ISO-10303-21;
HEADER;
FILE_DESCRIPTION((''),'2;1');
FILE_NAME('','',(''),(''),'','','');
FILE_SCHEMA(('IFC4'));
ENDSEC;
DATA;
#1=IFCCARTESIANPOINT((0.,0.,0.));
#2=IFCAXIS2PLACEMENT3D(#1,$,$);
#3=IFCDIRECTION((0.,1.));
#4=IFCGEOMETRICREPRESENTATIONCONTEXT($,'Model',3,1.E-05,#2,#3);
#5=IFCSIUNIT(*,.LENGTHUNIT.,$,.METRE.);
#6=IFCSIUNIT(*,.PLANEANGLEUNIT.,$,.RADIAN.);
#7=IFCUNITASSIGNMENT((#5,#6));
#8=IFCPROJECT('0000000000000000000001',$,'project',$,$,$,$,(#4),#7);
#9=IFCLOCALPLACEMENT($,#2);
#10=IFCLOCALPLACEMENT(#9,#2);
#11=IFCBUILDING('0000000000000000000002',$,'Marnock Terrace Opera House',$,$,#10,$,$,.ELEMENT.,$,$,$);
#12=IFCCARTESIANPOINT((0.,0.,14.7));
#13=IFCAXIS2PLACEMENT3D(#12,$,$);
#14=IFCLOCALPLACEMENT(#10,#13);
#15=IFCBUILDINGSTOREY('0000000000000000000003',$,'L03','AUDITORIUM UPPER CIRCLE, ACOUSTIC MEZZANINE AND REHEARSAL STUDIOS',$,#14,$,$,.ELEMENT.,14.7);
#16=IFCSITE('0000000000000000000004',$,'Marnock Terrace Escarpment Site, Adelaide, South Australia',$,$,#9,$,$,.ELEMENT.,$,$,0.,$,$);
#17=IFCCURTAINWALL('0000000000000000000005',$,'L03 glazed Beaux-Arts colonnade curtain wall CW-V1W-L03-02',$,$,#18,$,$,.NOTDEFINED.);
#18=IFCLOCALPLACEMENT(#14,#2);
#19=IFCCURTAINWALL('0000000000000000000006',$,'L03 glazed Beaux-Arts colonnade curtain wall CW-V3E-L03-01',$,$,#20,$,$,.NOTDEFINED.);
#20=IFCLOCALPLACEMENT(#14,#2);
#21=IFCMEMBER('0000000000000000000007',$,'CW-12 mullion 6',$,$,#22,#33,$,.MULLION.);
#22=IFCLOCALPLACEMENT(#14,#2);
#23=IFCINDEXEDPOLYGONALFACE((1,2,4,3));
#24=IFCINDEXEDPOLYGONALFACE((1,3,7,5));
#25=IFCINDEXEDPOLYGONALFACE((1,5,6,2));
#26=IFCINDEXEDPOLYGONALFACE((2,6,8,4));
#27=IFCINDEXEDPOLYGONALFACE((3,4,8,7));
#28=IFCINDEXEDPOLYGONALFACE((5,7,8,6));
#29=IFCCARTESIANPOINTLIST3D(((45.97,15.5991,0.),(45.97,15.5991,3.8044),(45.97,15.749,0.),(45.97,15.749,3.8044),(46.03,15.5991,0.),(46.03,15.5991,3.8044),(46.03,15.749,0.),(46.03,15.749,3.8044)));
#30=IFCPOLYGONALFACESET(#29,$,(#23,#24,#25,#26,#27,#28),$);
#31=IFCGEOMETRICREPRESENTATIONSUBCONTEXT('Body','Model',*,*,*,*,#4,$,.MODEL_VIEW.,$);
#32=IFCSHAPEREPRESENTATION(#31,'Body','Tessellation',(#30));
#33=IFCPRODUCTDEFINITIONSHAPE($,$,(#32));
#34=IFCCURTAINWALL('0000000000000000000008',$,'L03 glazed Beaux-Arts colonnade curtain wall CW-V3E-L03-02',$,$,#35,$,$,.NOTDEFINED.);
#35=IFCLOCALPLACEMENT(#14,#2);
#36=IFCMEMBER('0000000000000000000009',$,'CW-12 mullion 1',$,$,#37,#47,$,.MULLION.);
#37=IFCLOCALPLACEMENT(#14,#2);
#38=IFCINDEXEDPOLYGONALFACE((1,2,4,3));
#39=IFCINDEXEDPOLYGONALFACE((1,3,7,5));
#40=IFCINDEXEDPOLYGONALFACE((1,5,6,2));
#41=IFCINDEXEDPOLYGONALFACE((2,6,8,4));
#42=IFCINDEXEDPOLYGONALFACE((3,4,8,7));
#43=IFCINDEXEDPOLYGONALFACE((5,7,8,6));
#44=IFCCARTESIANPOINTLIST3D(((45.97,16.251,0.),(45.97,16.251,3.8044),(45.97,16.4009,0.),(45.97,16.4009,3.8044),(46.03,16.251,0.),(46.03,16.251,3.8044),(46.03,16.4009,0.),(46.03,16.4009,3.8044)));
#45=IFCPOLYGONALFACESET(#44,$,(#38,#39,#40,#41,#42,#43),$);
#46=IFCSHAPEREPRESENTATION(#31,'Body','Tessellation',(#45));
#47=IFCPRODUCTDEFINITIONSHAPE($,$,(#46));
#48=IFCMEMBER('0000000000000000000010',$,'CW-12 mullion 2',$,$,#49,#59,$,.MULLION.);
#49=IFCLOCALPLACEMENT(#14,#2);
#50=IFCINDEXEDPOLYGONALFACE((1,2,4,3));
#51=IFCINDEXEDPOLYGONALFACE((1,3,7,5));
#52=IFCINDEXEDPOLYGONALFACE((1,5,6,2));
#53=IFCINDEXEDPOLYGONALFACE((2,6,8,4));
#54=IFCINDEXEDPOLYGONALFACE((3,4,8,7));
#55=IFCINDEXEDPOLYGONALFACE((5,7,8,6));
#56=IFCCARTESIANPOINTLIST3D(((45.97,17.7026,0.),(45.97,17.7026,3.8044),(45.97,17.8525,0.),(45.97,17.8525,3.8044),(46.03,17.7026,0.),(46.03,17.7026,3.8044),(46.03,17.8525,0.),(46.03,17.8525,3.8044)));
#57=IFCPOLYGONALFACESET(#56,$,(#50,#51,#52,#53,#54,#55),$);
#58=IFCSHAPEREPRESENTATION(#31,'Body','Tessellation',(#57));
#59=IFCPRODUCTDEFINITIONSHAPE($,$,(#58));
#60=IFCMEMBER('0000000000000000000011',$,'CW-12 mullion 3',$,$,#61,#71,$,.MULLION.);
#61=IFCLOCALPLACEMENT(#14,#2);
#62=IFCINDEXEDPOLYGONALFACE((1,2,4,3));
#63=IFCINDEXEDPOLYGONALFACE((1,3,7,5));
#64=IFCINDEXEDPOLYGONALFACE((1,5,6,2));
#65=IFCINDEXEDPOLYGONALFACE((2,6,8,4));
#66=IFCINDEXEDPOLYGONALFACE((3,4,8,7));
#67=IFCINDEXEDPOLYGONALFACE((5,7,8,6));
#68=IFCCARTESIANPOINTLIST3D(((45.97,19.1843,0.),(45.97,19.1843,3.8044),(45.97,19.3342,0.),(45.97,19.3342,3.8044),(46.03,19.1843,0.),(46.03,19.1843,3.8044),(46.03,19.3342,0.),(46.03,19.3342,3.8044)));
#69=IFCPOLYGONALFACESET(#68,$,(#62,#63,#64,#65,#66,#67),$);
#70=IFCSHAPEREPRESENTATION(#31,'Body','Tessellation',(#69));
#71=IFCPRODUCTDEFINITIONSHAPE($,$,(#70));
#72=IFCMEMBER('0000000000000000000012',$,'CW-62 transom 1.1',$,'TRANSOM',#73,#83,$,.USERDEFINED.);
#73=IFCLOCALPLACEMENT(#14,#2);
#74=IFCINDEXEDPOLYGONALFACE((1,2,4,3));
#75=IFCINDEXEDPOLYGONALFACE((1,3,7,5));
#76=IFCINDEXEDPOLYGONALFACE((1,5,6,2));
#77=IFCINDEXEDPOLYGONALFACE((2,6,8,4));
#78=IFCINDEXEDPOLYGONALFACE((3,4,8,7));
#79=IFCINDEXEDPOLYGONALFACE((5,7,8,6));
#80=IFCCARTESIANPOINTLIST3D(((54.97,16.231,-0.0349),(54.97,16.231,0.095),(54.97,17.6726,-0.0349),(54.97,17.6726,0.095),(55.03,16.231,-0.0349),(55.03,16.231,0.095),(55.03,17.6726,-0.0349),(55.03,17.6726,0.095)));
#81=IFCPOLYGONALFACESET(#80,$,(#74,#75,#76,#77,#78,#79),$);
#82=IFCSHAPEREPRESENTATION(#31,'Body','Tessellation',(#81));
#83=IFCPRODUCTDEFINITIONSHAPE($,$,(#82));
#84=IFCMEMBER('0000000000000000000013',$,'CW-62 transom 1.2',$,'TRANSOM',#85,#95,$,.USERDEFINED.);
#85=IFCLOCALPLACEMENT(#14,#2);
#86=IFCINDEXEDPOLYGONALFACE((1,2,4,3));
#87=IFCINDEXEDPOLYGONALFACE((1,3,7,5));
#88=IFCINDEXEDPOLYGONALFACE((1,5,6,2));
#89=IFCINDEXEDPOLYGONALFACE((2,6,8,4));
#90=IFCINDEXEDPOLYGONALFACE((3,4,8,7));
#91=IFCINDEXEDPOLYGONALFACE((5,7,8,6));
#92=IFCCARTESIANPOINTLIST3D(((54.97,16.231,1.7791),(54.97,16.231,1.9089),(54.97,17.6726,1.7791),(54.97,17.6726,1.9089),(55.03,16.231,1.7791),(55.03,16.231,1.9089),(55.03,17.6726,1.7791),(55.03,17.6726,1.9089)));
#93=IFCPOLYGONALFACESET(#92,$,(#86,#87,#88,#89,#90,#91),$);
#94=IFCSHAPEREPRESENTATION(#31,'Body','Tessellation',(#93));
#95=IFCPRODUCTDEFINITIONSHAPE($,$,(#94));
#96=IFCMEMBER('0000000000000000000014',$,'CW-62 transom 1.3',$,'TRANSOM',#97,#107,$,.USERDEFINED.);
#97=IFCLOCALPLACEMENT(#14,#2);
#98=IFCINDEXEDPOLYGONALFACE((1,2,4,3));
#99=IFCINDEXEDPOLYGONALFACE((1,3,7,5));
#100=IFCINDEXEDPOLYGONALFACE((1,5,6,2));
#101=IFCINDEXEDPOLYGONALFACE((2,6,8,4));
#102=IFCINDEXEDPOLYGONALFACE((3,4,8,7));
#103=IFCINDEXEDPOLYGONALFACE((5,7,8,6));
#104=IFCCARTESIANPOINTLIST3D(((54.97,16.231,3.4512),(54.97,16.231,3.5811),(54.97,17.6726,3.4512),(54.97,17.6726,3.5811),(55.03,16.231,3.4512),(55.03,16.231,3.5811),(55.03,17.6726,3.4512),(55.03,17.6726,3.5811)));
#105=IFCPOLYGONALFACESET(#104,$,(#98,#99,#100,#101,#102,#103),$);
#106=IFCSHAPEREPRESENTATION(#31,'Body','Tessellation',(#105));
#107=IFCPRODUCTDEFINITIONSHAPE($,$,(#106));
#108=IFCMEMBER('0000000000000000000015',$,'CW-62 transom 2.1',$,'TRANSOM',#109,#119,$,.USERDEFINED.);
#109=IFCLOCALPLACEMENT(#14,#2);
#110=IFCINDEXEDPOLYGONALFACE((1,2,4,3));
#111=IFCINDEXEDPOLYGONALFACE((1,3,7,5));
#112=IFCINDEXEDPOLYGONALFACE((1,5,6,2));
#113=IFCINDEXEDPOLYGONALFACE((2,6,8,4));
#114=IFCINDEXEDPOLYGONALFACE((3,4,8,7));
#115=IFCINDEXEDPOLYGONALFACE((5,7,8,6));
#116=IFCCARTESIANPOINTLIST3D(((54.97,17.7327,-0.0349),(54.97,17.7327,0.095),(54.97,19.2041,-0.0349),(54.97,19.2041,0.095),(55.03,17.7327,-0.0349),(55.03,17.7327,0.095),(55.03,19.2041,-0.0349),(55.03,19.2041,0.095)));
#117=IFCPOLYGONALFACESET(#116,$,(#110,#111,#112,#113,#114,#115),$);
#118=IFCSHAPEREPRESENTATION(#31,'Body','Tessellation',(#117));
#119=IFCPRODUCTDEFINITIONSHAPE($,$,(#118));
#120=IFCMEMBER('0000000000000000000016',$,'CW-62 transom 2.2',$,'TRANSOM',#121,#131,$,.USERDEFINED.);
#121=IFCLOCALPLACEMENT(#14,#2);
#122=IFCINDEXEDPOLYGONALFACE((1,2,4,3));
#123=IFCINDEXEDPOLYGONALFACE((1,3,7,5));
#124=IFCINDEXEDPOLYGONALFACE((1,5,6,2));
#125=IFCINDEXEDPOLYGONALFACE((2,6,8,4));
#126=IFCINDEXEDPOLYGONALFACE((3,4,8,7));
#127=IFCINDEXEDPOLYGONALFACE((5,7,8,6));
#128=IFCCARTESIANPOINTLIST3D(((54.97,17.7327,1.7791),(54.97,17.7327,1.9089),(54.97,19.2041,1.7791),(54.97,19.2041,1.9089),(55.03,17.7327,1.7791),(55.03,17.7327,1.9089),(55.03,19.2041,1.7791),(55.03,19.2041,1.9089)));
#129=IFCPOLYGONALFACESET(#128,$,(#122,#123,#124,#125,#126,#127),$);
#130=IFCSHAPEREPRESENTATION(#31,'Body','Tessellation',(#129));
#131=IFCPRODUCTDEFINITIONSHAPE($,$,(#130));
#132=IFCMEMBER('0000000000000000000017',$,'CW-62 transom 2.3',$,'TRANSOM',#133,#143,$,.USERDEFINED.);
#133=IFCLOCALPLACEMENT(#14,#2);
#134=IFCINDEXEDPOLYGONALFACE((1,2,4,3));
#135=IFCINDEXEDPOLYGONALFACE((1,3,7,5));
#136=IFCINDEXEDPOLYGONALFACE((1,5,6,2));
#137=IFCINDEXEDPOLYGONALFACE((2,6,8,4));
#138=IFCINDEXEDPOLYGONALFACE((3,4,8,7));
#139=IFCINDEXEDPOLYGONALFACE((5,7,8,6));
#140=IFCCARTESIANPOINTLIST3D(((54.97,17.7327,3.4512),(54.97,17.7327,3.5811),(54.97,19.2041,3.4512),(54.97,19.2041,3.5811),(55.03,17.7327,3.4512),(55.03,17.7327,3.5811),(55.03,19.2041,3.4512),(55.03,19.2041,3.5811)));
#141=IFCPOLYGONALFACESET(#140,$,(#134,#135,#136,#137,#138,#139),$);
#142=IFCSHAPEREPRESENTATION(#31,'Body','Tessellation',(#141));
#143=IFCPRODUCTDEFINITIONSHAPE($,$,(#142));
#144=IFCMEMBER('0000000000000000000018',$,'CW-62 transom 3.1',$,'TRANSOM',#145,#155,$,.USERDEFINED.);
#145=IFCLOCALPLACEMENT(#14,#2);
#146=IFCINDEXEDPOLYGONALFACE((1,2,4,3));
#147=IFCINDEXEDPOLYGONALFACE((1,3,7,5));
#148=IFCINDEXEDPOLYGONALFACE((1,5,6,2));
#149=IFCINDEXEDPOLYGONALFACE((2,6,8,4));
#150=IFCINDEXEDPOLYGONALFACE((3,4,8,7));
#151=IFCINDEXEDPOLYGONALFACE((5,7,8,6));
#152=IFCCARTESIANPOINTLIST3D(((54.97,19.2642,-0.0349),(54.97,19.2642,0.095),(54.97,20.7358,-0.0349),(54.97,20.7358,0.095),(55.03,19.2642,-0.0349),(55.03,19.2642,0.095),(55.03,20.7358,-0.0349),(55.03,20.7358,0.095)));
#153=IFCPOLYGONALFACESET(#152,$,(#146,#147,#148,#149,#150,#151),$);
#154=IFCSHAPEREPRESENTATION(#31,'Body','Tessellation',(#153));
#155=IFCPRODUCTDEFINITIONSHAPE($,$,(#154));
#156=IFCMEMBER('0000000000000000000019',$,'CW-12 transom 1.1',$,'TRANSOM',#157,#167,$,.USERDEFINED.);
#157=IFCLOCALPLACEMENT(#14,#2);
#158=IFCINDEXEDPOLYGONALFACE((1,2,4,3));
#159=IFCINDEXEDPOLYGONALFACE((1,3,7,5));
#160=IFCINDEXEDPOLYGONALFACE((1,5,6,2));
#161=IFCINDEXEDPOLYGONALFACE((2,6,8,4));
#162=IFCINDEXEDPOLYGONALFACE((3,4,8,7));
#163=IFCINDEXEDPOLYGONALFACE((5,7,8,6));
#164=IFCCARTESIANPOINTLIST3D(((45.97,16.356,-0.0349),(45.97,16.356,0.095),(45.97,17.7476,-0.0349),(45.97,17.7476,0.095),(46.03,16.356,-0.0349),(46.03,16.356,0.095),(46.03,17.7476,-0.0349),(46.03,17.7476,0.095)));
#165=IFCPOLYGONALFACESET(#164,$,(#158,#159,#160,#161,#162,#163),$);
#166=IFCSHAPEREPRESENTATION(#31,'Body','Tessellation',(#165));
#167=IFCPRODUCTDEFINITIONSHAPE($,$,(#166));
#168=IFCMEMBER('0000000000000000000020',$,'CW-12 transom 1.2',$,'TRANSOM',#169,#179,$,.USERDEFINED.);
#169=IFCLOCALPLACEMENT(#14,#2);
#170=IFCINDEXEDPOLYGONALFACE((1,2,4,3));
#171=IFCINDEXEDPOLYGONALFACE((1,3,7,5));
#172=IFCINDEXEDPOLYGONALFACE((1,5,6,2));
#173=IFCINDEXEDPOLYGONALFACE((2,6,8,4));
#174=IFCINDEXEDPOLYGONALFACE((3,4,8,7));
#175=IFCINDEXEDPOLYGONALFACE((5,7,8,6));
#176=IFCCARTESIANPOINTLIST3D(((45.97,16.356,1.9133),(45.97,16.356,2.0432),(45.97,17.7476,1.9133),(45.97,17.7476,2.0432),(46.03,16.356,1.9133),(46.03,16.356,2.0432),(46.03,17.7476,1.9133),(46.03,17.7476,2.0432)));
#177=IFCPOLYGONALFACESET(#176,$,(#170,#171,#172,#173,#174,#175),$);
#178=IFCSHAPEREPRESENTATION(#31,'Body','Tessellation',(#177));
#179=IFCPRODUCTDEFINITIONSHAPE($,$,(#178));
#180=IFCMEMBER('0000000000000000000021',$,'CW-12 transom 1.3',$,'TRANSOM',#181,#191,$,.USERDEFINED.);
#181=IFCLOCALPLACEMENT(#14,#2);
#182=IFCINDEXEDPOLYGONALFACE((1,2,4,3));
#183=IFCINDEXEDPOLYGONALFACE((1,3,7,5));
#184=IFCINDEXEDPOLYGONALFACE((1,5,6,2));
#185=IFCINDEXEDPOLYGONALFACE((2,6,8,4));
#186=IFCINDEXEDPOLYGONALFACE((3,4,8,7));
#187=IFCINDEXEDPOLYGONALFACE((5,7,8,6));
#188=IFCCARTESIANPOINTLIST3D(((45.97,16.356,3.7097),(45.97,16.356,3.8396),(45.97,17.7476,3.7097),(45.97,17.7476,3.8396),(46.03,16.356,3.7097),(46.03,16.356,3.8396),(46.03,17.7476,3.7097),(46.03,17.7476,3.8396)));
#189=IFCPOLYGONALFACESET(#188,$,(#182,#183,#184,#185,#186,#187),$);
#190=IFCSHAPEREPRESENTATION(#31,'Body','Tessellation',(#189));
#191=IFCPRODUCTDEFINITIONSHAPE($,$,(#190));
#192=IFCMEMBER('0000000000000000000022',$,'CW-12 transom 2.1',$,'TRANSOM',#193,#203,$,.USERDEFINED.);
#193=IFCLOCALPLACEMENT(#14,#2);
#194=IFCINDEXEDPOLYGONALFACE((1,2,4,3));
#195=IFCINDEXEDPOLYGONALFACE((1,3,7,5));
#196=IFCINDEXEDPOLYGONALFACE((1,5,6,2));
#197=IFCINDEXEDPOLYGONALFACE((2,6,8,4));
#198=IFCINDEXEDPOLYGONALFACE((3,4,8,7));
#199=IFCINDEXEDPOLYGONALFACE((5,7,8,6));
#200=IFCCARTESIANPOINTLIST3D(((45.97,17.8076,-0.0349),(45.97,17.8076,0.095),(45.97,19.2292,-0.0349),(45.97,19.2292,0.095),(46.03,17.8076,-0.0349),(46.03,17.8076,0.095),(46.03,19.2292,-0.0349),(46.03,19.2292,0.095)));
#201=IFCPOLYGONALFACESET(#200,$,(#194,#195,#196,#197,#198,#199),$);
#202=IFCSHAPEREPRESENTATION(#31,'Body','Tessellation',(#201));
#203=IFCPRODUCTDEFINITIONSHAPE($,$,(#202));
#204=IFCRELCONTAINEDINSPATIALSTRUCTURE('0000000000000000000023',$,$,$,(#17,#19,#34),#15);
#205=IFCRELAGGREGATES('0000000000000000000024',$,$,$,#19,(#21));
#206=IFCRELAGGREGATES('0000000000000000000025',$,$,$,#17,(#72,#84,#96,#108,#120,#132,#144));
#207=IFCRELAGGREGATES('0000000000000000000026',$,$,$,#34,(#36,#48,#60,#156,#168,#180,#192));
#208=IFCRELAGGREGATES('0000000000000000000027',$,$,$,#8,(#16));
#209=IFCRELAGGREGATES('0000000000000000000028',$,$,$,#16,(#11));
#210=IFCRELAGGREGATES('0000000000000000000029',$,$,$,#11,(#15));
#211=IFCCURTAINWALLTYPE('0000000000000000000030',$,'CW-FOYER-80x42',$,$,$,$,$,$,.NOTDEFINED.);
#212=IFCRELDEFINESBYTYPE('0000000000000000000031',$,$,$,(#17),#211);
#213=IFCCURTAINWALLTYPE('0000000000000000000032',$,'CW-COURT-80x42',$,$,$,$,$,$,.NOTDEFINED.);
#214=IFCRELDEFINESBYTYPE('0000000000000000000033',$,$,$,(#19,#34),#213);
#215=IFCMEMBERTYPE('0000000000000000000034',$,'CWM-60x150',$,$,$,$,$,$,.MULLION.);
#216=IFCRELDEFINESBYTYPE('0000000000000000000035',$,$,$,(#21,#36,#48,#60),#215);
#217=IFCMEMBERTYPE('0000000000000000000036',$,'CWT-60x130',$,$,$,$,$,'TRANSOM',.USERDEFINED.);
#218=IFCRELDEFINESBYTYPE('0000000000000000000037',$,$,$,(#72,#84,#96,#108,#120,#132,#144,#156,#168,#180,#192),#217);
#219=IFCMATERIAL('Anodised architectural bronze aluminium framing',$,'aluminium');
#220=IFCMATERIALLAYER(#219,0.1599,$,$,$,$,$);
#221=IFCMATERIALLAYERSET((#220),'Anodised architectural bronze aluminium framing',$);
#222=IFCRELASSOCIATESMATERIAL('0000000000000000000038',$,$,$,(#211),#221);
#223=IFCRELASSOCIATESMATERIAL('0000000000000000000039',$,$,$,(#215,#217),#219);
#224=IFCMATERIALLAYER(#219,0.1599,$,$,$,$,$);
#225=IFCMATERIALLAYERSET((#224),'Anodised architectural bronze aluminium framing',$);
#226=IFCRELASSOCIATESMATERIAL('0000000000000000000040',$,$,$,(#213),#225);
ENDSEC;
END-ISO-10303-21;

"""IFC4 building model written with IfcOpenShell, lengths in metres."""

from ifc_helpers import new_model, si_unit, direction, frame, origin, origin_2d, place, context, subcontext, project, spatial, rectangle, extrude, material, layer, layer_set, material_profile, profile_set, type_object, element, aggregate, save


model = new_model("IFC4")

# Units and contexts
model_context = context("Model", 3, precision=1e-05, world=origin(), true_north=direction((0.0, 1.0)))
body_context = subcontext(model_context, "Body", "Model", "MODEL_VIEW")
ifc_project = project(units=[si_unit("LENGTHUNIT", "METRE"), si_unit("PLANEANGLEUNIT", "RADIAN")], contexts=[model_context])

# Site, building, storey
site_placement = place(None, origin())
site = spatial("IfcSite", under=ifc_project, at=site_placement, Name="Marnock Terrace Escarpment Site, Adelaide, South Australia", CompositionType="ELEMENT", RefElevation=0.0)
building_placement = place(site_placement, origin())
building = spatial("IfcBuilding", under=site, at=building_placement, Name="Marnock Terrace Opera House", CompositionType="ELEMENT")
storey_placement = place(building_placement, frame((0.0, 0.0, 14.7)))
storey = spatial("IfcBuildingStorey", under=building, at=storey_placement, Name="L03", Description="AUDITORIUM UPPER CIRCLE, ACOUSTIC MEZZANINE AND REHEARSAL STUDIOS", CompositionType="ELEMENT", Elevation=14.7)

# Shared definitions
ifc_material_1 = material(Name="Anodised architectural bronze aluminium framing", Category="aluminium")
ifc_layer_1 = layer(ifc_material_1, 0.1599)
ifc_layer_set_1 = layer_set([ifc_layer_1], Name="Anodised architectural bronze aluminium framing")
curtain_wall_type_1 = type_object("IfcCurtainWallType", Name="CW-FOYER-80x42", PredefinedType="NOTDEFINED", material=ifc_layer_set_1)
ifc_material_profile_1 = material_profile(ifc_material_1, rectangle(XDim=0.0601, YDim=0.1499, at=origin_2d()))
ifc_profile_set_1 = profile_set([ifc_material_profile_1], Name="Anodised architectural bronze aluminium framing")
member_type_1 = type_object("IfcMemberType", Name="CWM-60x150", PredefinedType="MULLION", material=ifc_profile_set_1)

# Curtain wall
curtain_wall_1_placement = place(storey_placement, origin())
curtain_wall_1 = element("IfcCurtainWall", 1, at=curtain_wall_1_placement, inside=storey, type_object=curtain_wall_type_1, Name="L03 glazed Beaux-Arts colonnade curtain wall CW-V1W-L03-02", PredefinedType="NOTDEFINED")

# Curtain wall, member
ifc_layer_2 = layer(ifc_material_1, 0.1599)
ifc_layer_set_2 = layer_set([ifc_layer_2], Name="Anodised architectural bronze aluminium framing")
curtain_wall_type_2 = type_object("IfcCurtainWallType", Name="CW-COURT-80x42", PredefinedType="NOTDEFINED", material=ifc_layer_set_2)
curtain_wall_2_placement = place(storey_placement, origin())
curtain_wall_2 = element("IfcCurtainWall", 2, at=curtain_wall_2_placement, inside=storey, type_object=curtain_wall_type_2, Name="L03 glazed Beaux-Arts colonnade curtain wall CW-V3E-L03-01", PredefinedType="NOTDEFINED")
member_1_placement = place(storey_placement, frame((46.0, 15.6741, 0.0), z_axis=(0.0, 0.0, 1.0), x_axis=(-1.0, 0.0, 0.0)))
member_1 = element("IfcMember", 3, at=member_1_placement, type_object=member_type_1, Name="CW-12 mullion 6", PredefinedType="MULLION", context=body_context, shape_type="SweptSolid", body=[
    extrude(rectangle(XDim=0.0601, YDim=0.1499, at=origin_2d()), origin(), (0.0, 0.0, 1.0), 3.8044),
])
aggregate(curtain_wall_2, [member_1])

# Curtain wall, members
curtain_wall_3_placement = place(storey_placement, origin())
curtain_wall_3 = element("IfcCurtainWall", 4, at=curtain_wall_3_placement, inside=storey, type_object=curtain_wall_type_2, Name="L03 glazed Beaux-Arts colonnade curtain wall CW-V3E-L03-02", PredefinedType="NOTDEFINED")
member_2_placement = place(storey_placement, frame((46.0, 16.3259, 0.0), z_axis=(0.0, 0.0, 1.0), x_axis=(-1.0, 0.0, 0.0)))
member_2 = element("IfcMember", 5, at=member_2_placement, type_object=member_type_1, Name="CW-12 mullion 1", PredefinedType="MULLION", context=body_context, shape_type="SweptSolid", body=[
    extrude(rectangle(XDim=0.0601, YDim=0.1499, at=origin_2d()), origin(), (0.0, 0.0, 1.0), 3.8044),
])
member_3_placement = place(storey_placement, frame((46.0, 17.7776, 0.0), z_axis=(0.0, 0.0, 1.0), x_axis=(-1.0, 0.0, 0.0)))
member_3 = element("IfcMember", 6, at=member_3_placement, type_object=member_type_1, Name="CW-12 mullion 2", PredefinedType="MULLION", context=body_context, shape_type="SweptSolid", body=[
    extrude(rectangle(XDim=0.0601, YDim=0.1499, at=origin_2d()), origin(), (0.0, 0.0, 1.0), 3.8044),
])
member_4_placement = place(storey_placement, frame((46.0, 19.2593, 0.0), z_axis=(0.0, 0.0, 1.0), x_axis=(-1.0, 0.0, 0.0)))
member_4 = element("IfcMember", 7, at=member_4_placement, type_object=member_type_1, Name="CW-12 mullion 3", PredefinedType="MULLION", context=body_context, shape_type="SweptSolid", body=[
    extrude(rectangle(XDim=0.0601, YDim=0.1499, at=origin_2d()), origin(), (0.0, 0.0, 1.0), 3.8044),
])

# Members
ifc_material_profile_2 = material_profile(ifc_material_1, rectangle(XDim=0.0601, YDim=0.1299, at=origin_2d()))
ifc_profile_set_2 = profile_set([ifc_material_profile_2], Name="Anodised architectural bronze aluminium framing")
member_type_2 = type_object("IfcMemberType", Name="CWT-60x130", ElementType="TRANSOM", PredefinedType="USERDEFINED", material=ifc_profile_set_2)
member_5_placement = place(storey_placement, frame((55.0, 16.231, 0.03), z_axis=(0.0, 1.0, 0.0), x_axis=(-1.0, 0.0, 0.0)))
member_5 = element("IfcMember", 8, at=member_5_placement, type_object=member_type_2, Name="CW-62 transom 1.1", ObjectType="TRANSOM", PredefinedType="USERDEFINED", context=body_context, shape_type="SweptSolid", body=[
    extrude(rectangle(XDim=0.0601, YDim=0.1299, at=origin_2d()), origin(), (0.0, 0.0, 1.0), 1.4417),
])
member_6_placement = place(storey_placement, frame((55.0, 16.231, 1.844), z_axis=(0.0, 1.0, 0.0), x_axis=(-1.0, 0.0, 0.0)))
member_6 = element("IfcMember", 9, at=member_6_placement, type_object=member_type_2, Name="CW-62 transom 1.2", ObjectType="TRANSOM", PredefinedType="USERDEFINED", context=body_context, shape_type="SweptSolid", body=[
    extrude(rectangle(XDim=0.0601, YDim=0.1299, at=origin_2d()), origin(), (0.0, 0.0, 1.0), 1.4417),
])
member_7_placement = place(storey_placement, frame((55.0, 16.231, 3.5161), z_axis=(0.0, 1.0, 0.0), x_axis=(-1.0, 0.0, 0.0)))
member_7 = element("IfcMember", 10, at=member_7_placement, type_object=member_type_2, Name="CW-62 transom 1.3", ObjectType="TRANSOM", PredefinedType="USERDEFINED", context=body_context, shape_type="SweptSolid", body=[
    extrude(rectangle(XDim=0.0601, YDim=0.1299, at=origin_2d()), origin(), (0.0, 0.0, 1.0), 1.4417),
])
member_8_placement = place(storey_placement, frame((55.0, 17.7327, 0.03), z_axis=(0.0, 1.0, 0.0), x_axis=(-1.0, 0.0, 0.0)))
member_8 = element("IfcMember", 11, at=member_8_placement, type_object=member_type_2, Name="CW-62 transom 2.1", ObjectType="TRANSOM", PredefinedType="USERDEFINED", context=body_context, shape_type="SweptSolid", body=[
    extrude(rectangle(XDim=0.0601, YDim=0.1299, at=origin_2d()), origin(), (0.0, 0.0, 1.0), 1.4714),
])
member_9_placement = place(storey_placement, frame((55.0, 17.7327, 1.844), z_axis=(0.0, 1.0, 0.0), x_axis=(-1.0, 0.0, 0.0)))
member_9 = element("IfcMember", 12, at=member_9_placement, type_object=member_type_2, Name="CW-62 transom 2.2", ObjectType="TRANSOM", PredefinedType="USERDEFINED", context=body_context, shape_type="SweptSolid", body=[
    extrude(rectangle(XDim=0.0601, YDim=0.1299, at=origin_2d()), origin(), (0.0, 0.0, 1.0), 1.4714),
])
member_10_placement = place(storey_placement, frame((55.0, 17.7327, 3.5161), z_axis=(0.0, 1.0, 0.0), x_axis=(-1.0, 0.0, 0.0)))
member_10 = element("IfcMember", 13, at=member_10_placement, type_object=member_type_2, Name="CW-62 transom 2.3", ObjectType="TRANSOM", PredefinedType="USERDEFINED", context=body_context, shape_type="SweptSolid", body=[
    extrude(rectangle(XDim=0.0601, YDim=0.1299, at=origin_2d()), origin(), (0.0, 0.0, 1.0), 1.4714),
])
member_11_placement = place(storey_placement, frame((55.0, 19.2642, 0.03), z_axis=(0.0, 1.0, 0.0), x_axis=(-1.0, 0.0, 0.0)))
member_11 = element("IfcMember", 14, at=member_11_placement, type_object=member_type_2, Name="CW-62 transom 3.1", ObjectType="TRANSOM", PredefinedType="USERDEFINED", context=body_context, shape_type="SweptSolid", body=[
    extrude(rectangle(XDim=0.0601, YDim=0.1299, at=origin_2d()), origin(), (0.0, 0.0, 1.0), 1.4717),
])
member_12_placement = place(storey_placement, frame((46.0, 16.356, 0.03), z_axis=(0.0, 1.0, 0.0), x_axis=(-1.0, 0.0, 0.0)))
member_12 = element("IfcMember", 15, at=member_12_placement, type_object=member_type_2, Name="CW-12 transom 1.1", ObjectType="TRANSOM", PredefinedType="USERDEFINED", context=body_context, shape_type="SweptSolid", body=[
    extrude(rectangle(XDim=0.0601, YDim=0.1299, at=origin_2d()), origin(), (0.0, 0.0, 1.0), 1.3916),
])
member_13_placement = place(storey_placement, frame((46.0, 16.356, 1.9783), z_axis=(0.0, 1.0, 0.0), x_axis=(-1.0, 0.0, 0.0)))
member_13 = element("IfcMember", 16, at=member_13_placement, type_object=member_type_2, Name="CW-12 transom 1.2", ObjectType="TRANSOM", PredefinedType="USERDEFINED", context=body_context, shape_type="SweptSolid", body=[
    extrude(rectangle(XDim=0.0601, YDim=0.1299, at=origin_2d()), origin(), (0.0, 0.0, 1.0), 1.3916),
])
member_14_placement = place(storey_placement, frame((46.0, 16.356, 3.7747), z_axis=(0.0, 1.0, 0.0), x_axis=(-1.0, 0.0, 0.0)))
member_14 = element("IfcMember", 17, at=member_14_placement, type_object=member_type_2, Name="CW-12 transom 1.3", ObjectType="TRANSOM", PredefinedType="USERDEFINED", context=body_context, shape_type="SweptSolid", body=[
    extrude(rectangle(XDim=0.0601, YDim=0.1299, at=origin_2d()), origin(), (0.0, 0.0, 1.0), 1.3916),
])
member_15_placement = place(storey_placement, frame((46.0, 17.8076, 0.03), z_axis=(0.0, 1.0, 0.0), x_axis=(-1.0, 0.0, 0.0)))
member_15 = element("IfcMember", 18, at=member_15_placement, type_object=member_type_2, Name="CW-12 transom 2.1", ObjectType="TRANSOM", PredefinedType="USERDEFINED", context=body_context, shape_type="SweptSolid", body=[
    extrude(rectangle(XDim=0.0601, YDim=0.1299, at=origin_2d()), origin(), (0.0, 0.0, 1.0), 1.4216),
])

aggregate(curtain_wall_1, [member_5, member_6, member_7, member_8, member_9, member_10, member_11])
aggregate(curtain_wall_3, [member_2, member_3, member_4, member_12, member_13, member_14, member_15])

save(model, "model.ifc")
